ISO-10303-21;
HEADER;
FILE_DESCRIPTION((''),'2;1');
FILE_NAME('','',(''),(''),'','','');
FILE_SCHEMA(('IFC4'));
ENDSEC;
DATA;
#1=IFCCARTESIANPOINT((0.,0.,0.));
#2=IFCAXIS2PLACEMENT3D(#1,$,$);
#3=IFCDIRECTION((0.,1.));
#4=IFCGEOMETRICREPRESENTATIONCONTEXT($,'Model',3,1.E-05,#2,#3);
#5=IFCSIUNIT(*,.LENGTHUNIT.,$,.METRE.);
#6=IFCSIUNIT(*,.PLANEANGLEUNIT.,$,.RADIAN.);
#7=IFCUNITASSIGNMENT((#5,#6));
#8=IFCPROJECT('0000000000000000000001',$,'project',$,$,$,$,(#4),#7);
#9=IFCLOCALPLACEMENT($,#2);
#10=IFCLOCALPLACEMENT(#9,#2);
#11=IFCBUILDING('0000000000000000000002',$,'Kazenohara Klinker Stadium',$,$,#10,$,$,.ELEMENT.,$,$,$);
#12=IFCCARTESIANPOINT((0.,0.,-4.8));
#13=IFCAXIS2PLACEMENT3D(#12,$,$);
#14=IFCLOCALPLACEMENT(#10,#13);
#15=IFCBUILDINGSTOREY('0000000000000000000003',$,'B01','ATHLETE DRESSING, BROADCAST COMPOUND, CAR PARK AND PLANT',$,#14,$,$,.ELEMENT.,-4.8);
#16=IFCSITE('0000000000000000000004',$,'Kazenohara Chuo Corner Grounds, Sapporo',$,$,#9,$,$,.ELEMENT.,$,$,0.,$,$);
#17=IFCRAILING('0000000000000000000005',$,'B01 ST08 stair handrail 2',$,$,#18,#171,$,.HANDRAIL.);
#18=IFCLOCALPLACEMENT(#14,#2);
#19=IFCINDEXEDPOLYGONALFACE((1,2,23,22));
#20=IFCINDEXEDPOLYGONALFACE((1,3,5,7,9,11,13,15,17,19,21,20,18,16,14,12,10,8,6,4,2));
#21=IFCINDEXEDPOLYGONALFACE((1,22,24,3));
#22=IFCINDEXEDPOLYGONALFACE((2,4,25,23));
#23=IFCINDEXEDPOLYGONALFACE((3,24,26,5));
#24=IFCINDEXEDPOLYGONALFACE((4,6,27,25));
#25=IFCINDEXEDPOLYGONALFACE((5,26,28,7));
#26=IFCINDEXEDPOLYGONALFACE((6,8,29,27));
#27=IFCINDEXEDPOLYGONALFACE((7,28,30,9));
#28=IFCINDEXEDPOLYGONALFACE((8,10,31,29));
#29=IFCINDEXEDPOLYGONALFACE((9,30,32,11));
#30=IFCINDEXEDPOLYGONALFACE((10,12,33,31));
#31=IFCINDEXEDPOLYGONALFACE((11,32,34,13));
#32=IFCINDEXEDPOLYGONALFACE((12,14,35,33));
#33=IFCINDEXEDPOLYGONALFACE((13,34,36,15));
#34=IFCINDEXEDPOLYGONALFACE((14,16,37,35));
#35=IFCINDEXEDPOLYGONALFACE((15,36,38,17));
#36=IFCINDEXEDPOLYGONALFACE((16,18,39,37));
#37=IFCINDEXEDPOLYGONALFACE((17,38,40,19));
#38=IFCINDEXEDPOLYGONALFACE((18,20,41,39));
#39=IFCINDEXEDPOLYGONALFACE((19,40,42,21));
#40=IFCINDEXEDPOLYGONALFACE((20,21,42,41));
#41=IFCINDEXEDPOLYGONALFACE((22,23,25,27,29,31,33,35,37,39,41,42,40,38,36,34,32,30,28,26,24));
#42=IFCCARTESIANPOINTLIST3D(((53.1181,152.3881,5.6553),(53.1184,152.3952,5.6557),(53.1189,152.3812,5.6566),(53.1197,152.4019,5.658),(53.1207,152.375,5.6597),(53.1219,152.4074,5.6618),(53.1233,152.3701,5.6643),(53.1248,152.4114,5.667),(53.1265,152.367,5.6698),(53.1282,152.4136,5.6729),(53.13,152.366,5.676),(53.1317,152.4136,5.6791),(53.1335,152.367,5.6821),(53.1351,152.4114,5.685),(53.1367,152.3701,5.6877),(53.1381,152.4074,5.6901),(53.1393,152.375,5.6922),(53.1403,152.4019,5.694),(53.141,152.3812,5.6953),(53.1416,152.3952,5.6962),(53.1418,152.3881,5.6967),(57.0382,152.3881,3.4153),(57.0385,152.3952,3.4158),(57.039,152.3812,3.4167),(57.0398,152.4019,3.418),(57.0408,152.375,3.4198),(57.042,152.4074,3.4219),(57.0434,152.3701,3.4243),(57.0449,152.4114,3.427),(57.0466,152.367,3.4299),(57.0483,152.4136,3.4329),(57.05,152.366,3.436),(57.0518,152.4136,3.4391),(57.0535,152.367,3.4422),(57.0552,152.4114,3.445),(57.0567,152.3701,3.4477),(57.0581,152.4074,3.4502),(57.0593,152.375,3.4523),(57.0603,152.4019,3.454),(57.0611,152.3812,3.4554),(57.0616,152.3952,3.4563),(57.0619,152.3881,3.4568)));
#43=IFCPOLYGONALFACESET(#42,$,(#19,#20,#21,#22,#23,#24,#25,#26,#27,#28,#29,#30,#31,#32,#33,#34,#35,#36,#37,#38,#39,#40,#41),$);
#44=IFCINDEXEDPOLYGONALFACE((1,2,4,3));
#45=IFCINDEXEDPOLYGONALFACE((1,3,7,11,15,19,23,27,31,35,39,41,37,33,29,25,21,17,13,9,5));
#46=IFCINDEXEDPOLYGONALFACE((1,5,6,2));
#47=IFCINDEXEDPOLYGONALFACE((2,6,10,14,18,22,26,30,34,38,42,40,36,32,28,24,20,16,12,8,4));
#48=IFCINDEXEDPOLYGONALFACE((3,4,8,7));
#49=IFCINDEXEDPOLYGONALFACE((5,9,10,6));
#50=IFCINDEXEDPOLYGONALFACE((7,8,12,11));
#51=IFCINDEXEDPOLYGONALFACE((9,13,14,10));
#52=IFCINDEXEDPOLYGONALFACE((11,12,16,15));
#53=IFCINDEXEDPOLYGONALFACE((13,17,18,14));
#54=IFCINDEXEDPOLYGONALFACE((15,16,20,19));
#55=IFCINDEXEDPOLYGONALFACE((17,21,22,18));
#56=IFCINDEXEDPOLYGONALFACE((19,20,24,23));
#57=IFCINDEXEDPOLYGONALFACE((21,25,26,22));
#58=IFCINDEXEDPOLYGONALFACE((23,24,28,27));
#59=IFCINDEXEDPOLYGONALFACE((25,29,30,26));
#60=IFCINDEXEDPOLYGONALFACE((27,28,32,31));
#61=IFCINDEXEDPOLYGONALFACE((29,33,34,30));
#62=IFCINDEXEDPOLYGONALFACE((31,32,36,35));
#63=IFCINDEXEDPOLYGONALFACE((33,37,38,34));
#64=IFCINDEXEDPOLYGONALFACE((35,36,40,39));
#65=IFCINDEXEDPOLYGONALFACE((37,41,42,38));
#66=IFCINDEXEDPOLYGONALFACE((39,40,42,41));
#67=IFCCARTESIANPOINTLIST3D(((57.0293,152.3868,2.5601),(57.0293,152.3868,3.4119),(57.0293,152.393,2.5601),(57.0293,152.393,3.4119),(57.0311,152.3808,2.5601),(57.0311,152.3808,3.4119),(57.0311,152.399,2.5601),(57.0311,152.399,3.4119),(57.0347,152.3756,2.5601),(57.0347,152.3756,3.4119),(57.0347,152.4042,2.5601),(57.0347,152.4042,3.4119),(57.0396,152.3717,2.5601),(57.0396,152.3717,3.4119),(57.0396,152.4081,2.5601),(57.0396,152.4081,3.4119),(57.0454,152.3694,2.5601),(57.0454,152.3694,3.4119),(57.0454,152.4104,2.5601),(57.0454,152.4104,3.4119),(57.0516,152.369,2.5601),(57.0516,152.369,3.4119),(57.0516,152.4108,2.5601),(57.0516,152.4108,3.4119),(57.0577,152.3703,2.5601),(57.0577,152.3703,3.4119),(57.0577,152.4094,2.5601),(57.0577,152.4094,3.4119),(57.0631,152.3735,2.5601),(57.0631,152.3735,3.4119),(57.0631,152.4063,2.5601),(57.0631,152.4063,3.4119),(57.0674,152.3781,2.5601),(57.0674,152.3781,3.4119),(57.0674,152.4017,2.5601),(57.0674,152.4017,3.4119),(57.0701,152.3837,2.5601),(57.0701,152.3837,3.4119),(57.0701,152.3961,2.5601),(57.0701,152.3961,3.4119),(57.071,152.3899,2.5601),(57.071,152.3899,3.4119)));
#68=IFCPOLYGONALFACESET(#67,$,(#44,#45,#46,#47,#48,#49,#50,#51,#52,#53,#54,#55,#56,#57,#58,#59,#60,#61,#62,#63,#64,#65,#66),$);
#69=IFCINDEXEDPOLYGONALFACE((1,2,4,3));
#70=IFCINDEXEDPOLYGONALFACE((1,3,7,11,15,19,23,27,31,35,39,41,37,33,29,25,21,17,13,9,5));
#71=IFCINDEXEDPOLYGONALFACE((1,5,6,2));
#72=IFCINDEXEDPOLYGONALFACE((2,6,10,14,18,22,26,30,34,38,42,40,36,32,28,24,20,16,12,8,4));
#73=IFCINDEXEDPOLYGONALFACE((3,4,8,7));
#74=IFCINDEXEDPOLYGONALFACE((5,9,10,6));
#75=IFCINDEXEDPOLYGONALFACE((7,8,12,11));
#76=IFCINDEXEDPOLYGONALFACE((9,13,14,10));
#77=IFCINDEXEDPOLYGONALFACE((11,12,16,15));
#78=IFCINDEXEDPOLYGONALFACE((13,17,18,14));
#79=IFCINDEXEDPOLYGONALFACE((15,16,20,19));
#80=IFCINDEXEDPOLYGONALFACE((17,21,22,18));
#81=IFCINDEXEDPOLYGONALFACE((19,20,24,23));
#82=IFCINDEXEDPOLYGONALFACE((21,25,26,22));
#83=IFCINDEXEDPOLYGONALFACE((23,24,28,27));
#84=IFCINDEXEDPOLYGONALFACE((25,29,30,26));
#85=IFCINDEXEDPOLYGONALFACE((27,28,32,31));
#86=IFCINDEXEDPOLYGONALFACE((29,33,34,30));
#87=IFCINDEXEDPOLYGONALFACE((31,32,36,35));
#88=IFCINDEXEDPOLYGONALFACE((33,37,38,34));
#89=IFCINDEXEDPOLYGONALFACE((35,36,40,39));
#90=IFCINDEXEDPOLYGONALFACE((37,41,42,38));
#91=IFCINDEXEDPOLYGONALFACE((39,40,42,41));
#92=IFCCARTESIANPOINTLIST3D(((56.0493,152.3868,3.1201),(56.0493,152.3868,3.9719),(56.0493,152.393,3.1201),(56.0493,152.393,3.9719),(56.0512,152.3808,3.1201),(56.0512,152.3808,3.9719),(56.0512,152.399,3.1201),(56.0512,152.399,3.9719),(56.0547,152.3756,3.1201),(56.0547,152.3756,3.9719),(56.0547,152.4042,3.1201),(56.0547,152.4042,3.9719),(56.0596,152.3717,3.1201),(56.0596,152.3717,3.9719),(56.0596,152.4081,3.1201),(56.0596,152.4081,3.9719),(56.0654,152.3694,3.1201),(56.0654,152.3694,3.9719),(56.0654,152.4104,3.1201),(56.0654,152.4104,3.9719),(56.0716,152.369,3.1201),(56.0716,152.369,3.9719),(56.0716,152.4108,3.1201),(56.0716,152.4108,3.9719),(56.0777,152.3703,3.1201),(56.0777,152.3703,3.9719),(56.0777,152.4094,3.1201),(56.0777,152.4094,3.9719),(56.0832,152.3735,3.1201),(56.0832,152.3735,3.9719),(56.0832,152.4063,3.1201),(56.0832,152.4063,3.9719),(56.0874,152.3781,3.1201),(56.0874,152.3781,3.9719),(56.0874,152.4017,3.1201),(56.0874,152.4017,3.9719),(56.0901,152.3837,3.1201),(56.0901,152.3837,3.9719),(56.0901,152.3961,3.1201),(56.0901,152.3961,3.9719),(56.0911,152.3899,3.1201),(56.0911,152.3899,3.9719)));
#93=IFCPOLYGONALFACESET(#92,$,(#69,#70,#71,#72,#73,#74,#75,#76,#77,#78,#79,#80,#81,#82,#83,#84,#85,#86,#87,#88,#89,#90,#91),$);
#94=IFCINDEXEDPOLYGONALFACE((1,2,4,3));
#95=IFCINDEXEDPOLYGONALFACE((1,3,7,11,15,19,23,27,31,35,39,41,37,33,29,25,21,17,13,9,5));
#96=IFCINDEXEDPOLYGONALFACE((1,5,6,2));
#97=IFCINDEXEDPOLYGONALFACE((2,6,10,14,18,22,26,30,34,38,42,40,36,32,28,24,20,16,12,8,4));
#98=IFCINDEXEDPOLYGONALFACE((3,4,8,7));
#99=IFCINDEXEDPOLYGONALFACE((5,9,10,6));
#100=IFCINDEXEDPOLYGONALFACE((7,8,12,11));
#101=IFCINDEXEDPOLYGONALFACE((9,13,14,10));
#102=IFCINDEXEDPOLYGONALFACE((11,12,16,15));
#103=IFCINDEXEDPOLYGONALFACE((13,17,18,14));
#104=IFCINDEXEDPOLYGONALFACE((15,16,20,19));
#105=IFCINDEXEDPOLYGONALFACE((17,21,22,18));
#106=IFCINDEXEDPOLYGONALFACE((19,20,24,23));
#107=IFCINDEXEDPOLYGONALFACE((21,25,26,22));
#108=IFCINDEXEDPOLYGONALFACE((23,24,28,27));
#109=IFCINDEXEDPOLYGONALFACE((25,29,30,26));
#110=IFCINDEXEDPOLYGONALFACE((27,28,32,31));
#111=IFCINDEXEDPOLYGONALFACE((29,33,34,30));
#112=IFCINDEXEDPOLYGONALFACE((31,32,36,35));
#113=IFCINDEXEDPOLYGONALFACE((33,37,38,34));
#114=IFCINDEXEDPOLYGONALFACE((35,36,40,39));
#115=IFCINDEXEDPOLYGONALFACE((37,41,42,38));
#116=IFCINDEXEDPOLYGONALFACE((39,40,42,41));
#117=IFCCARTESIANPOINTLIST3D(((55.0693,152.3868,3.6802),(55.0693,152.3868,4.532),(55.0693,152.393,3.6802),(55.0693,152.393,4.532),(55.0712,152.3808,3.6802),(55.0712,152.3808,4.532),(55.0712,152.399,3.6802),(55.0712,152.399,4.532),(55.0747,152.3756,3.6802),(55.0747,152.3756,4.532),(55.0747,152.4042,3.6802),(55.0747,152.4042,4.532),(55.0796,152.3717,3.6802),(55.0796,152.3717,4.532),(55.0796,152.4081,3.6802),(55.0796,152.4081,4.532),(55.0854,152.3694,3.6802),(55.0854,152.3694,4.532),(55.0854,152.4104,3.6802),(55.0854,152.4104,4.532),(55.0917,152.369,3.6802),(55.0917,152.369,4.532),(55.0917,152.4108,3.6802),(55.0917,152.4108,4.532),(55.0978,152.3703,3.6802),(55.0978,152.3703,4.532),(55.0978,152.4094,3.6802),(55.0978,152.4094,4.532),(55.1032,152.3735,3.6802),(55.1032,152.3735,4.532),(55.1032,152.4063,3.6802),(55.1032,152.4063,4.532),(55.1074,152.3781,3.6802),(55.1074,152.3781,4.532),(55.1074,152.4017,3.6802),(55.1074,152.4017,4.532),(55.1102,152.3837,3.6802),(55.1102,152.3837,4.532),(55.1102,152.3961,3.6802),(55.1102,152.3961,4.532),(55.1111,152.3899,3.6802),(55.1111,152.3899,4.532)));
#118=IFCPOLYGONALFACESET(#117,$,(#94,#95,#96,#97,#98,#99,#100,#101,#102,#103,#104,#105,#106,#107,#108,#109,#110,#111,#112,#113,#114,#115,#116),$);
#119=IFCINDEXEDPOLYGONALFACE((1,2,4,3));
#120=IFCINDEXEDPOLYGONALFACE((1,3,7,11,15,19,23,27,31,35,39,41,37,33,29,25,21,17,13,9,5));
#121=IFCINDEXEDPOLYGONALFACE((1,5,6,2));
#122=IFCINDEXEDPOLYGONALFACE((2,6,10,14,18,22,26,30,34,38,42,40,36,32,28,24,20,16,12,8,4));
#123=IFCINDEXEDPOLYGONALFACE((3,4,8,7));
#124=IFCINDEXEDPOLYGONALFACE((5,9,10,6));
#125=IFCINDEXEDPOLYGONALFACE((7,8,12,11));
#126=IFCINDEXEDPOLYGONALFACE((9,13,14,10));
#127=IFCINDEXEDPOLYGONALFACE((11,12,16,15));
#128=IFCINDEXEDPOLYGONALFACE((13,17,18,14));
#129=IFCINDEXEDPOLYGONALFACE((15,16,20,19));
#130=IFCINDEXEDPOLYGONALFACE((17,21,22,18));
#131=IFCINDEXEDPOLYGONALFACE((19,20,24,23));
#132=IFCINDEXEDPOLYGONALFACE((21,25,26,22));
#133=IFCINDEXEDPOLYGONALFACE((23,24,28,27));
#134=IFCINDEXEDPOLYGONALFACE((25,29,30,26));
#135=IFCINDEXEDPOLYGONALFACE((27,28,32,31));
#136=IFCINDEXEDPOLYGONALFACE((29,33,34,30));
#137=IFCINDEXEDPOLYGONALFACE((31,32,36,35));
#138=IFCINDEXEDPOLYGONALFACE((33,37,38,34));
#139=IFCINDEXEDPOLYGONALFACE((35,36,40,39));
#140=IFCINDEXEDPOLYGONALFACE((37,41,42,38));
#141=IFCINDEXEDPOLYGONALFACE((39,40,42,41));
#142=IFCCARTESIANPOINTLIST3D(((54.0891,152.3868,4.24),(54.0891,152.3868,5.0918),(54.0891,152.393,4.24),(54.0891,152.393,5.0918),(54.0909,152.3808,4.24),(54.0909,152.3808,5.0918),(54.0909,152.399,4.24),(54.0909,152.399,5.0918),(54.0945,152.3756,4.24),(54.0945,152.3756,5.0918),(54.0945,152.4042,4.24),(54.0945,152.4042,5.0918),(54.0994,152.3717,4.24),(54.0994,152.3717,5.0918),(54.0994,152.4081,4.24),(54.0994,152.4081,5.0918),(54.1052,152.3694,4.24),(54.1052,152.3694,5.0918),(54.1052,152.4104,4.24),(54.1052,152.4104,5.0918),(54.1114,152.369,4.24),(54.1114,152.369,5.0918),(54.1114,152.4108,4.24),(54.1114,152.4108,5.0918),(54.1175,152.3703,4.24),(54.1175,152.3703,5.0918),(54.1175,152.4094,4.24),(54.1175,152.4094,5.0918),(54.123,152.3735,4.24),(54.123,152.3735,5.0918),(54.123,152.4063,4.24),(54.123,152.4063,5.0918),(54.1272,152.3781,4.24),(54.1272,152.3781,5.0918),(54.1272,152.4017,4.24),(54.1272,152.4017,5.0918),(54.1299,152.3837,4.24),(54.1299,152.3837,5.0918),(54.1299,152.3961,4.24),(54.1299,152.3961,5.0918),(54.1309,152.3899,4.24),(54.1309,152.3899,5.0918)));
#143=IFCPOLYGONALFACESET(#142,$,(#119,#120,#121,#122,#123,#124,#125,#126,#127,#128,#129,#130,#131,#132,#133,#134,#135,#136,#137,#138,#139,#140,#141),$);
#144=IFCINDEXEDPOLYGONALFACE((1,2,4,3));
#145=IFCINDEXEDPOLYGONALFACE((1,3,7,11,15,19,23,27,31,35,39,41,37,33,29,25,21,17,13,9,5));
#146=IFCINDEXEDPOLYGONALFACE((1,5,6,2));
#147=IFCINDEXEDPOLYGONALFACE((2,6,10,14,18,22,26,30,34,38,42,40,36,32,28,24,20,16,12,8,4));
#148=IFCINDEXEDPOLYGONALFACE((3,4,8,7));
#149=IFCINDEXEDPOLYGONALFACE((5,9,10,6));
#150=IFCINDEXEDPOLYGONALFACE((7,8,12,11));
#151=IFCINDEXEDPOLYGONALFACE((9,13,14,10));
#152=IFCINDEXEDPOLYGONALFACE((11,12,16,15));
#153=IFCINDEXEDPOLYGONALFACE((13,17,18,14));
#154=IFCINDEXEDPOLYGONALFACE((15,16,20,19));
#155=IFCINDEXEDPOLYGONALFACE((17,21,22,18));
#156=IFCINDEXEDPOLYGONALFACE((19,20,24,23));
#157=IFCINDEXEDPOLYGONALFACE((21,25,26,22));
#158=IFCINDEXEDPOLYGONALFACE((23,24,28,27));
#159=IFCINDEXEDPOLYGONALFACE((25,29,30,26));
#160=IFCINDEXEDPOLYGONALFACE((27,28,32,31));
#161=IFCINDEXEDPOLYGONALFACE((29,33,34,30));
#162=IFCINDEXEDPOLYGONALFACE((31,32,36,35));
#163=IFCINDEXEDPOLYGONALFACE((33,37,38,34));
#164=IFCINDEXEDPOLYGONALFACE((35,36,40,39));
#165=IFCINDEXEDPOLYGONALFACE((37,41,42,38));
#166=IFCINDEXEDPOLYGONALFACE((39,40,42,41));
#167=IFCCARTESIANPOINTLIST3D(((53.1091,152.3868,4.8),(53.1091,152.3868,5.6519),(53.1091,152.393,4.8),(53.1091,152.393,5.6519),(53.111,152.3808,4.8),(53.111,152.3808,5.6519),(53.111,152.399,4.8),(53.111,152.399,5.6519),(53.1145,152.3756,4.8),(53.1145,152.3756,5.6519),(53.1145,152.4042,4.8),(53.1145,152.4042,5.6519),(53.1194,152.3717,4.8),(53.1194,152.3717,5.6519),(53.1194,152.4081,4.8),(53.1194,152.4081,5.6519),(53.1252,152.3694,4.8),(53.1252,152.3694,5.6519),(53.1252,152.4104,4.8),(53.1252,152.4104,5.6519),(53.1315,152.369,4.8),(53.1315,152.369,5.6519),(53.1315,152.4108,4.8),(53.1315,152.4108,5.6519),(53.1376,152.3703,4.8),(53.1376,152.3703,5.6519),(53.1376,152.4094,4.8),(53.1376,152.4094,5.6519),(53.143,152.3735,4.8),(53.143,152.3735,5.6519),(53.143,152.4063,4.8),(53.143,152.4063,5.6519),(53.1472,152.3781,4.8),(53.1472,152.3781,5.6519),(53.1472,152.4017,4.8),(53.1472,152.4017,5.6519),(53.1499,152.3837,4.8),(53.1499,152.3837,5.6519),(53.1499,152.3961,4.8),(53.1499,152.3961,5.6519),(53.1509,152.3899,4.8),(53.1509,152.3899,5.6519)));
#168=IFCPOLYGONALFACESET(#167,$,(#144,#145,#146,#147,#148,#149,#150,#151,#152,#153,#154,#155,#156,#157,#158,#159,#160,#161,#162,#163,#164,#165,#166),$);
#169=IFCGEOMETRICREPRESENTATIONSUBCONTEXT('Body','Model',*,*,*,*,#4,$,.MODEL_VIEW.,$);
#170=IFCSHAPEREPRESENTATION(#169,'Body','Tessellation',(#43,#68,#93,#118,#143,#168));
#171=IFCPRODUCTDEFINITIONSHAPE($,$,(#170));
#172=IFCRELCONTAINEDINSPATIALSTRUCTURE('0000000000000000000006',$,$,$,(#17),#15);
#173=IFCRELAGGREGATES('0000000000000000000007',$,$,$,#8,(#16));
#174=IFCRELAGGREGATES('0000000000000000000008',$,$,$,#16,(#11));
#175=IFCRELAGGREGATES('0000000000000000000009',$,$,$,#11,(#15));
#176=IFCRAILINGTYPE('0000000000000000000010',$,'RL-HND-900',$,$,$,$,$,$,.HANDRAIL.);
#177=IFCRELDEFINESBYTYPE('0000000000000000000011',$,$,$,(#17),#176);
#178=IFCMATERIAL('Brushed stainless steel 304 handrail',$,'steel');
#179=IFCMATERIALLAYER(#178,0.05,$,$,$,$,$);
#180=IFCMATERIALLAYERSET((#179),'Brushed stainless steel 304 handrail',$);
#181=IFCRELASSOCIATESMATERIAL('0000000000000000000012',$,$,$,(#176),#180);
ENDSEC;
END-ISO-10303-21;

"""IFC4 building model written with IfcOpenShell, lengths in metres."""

from ifc_helpers import new_model, si_unit, direction, frame, origin, origin_2d, place, context, subcontext, project, spatial, circle, extrude, material, layer, layer_set, type_object, element, save


model = new_model("IFC4")

# Units and contexts
model_context = context("Model", 3, precision=1e-05, world=origin(), true_north=direction((0.0, 1.0)))
body_context = subcontext(model_context, "Body", "Model", "MODEL_VIEW")
ifc_project = project(units=[si_unit("LENGTHUNIT", "METRE"), si_unit("PLANEANGLEUNIT", "RADIAN")], contexts=[model_context])

# Site, building, storey
site_placement = place(None, origin())
site = spatial("IfcSite", under=ifc_project, at=site_placement, Name="Kazenohara Chuo Corner Grounds, Sapporo", CompositionType="ELEMENT", RefElevation=0.0)
building_placement = place(site_placement, origin())
building = spatial("IfcBuilding", under=site, at=building_placement, Name="Kazenohara Klinker Stadium", CompositionType="ELEMENT")
storey_placement = place(building_placement, frame((0.0, 0.0, -4.8)))
storey = spatial("IfcBuildingStorey", under=building, at=storey_placement, Name="B01", Description="ATHLETE DRESSING, BROADCAST COMPOUND, CAR PARK AND PLANT", CompositionType="ELEMENT", Elevation=-4.8)

# Railing
ifc_material_1 = material(Name="Brushed stainless steel 304 handrail", Category="steel")
ifc_layer_1 = layer(ifc_material_1, 0.05)
ifc_layer_set_1 = layer_set([ifc_layer_1], Name="Brushed stainless steel 304 handrail")
railing_type_1 = type_object("IfcRailingType", Name="RL-HND-900", PredefinedType="HANDRAIL", material=ifc_layer_set_1)
railing_1_placement = place(storey_placement, frame((57.05, 152.3899, 2.5601)))
element("IfcRailing", 1, at=railing_1_placement, inside=storey, type_object=railing_type_1, Name="B01 ST08 stair handrail 2", PredefinedType="HANDRAIL", context=body_context, shape_type="SweptSolid", body=[
    extrude(circle(Radius=0.0239, at=origin_2d()), frame((0.0, 0.0, 0.876), z_axis=(-0.868253, 0.0, 0.496121), x_axis=(0.0, -1.0, 0.0)), (0.0, 0.0, 1.0), 4.5149),
    extrude(circle(Radius=0.021, at=origin_2d()), origin(), (0.0, 0.0, 1.0), 0.8518),
    extrude(circle(Radius=0.021, at=origin_2d()), frame((-0.98, 0.0, 0.5601)), (0.0, 0.0, 1.0), 0.8518),
    extrude(circle(Radius=0.021, at=origin_2d()), frame((-1.96, 0.0, 1.1201)), (0.0, 0.0, 1.0), 0.8518),
    extrude(circle(Radius=0.021, at=origin_2d()), frame((-2.9402, 0.0, 1.6799)), (0.0, 0.0, 1.0), 0.8518),
    extrude(circle(Radius=0.021, at=origin_2d()), frame((-3.9202, 0.0, 2.24)), (0.0, 0.0, 1.0), 0.8518),
])

save(model, "model.ifc")
